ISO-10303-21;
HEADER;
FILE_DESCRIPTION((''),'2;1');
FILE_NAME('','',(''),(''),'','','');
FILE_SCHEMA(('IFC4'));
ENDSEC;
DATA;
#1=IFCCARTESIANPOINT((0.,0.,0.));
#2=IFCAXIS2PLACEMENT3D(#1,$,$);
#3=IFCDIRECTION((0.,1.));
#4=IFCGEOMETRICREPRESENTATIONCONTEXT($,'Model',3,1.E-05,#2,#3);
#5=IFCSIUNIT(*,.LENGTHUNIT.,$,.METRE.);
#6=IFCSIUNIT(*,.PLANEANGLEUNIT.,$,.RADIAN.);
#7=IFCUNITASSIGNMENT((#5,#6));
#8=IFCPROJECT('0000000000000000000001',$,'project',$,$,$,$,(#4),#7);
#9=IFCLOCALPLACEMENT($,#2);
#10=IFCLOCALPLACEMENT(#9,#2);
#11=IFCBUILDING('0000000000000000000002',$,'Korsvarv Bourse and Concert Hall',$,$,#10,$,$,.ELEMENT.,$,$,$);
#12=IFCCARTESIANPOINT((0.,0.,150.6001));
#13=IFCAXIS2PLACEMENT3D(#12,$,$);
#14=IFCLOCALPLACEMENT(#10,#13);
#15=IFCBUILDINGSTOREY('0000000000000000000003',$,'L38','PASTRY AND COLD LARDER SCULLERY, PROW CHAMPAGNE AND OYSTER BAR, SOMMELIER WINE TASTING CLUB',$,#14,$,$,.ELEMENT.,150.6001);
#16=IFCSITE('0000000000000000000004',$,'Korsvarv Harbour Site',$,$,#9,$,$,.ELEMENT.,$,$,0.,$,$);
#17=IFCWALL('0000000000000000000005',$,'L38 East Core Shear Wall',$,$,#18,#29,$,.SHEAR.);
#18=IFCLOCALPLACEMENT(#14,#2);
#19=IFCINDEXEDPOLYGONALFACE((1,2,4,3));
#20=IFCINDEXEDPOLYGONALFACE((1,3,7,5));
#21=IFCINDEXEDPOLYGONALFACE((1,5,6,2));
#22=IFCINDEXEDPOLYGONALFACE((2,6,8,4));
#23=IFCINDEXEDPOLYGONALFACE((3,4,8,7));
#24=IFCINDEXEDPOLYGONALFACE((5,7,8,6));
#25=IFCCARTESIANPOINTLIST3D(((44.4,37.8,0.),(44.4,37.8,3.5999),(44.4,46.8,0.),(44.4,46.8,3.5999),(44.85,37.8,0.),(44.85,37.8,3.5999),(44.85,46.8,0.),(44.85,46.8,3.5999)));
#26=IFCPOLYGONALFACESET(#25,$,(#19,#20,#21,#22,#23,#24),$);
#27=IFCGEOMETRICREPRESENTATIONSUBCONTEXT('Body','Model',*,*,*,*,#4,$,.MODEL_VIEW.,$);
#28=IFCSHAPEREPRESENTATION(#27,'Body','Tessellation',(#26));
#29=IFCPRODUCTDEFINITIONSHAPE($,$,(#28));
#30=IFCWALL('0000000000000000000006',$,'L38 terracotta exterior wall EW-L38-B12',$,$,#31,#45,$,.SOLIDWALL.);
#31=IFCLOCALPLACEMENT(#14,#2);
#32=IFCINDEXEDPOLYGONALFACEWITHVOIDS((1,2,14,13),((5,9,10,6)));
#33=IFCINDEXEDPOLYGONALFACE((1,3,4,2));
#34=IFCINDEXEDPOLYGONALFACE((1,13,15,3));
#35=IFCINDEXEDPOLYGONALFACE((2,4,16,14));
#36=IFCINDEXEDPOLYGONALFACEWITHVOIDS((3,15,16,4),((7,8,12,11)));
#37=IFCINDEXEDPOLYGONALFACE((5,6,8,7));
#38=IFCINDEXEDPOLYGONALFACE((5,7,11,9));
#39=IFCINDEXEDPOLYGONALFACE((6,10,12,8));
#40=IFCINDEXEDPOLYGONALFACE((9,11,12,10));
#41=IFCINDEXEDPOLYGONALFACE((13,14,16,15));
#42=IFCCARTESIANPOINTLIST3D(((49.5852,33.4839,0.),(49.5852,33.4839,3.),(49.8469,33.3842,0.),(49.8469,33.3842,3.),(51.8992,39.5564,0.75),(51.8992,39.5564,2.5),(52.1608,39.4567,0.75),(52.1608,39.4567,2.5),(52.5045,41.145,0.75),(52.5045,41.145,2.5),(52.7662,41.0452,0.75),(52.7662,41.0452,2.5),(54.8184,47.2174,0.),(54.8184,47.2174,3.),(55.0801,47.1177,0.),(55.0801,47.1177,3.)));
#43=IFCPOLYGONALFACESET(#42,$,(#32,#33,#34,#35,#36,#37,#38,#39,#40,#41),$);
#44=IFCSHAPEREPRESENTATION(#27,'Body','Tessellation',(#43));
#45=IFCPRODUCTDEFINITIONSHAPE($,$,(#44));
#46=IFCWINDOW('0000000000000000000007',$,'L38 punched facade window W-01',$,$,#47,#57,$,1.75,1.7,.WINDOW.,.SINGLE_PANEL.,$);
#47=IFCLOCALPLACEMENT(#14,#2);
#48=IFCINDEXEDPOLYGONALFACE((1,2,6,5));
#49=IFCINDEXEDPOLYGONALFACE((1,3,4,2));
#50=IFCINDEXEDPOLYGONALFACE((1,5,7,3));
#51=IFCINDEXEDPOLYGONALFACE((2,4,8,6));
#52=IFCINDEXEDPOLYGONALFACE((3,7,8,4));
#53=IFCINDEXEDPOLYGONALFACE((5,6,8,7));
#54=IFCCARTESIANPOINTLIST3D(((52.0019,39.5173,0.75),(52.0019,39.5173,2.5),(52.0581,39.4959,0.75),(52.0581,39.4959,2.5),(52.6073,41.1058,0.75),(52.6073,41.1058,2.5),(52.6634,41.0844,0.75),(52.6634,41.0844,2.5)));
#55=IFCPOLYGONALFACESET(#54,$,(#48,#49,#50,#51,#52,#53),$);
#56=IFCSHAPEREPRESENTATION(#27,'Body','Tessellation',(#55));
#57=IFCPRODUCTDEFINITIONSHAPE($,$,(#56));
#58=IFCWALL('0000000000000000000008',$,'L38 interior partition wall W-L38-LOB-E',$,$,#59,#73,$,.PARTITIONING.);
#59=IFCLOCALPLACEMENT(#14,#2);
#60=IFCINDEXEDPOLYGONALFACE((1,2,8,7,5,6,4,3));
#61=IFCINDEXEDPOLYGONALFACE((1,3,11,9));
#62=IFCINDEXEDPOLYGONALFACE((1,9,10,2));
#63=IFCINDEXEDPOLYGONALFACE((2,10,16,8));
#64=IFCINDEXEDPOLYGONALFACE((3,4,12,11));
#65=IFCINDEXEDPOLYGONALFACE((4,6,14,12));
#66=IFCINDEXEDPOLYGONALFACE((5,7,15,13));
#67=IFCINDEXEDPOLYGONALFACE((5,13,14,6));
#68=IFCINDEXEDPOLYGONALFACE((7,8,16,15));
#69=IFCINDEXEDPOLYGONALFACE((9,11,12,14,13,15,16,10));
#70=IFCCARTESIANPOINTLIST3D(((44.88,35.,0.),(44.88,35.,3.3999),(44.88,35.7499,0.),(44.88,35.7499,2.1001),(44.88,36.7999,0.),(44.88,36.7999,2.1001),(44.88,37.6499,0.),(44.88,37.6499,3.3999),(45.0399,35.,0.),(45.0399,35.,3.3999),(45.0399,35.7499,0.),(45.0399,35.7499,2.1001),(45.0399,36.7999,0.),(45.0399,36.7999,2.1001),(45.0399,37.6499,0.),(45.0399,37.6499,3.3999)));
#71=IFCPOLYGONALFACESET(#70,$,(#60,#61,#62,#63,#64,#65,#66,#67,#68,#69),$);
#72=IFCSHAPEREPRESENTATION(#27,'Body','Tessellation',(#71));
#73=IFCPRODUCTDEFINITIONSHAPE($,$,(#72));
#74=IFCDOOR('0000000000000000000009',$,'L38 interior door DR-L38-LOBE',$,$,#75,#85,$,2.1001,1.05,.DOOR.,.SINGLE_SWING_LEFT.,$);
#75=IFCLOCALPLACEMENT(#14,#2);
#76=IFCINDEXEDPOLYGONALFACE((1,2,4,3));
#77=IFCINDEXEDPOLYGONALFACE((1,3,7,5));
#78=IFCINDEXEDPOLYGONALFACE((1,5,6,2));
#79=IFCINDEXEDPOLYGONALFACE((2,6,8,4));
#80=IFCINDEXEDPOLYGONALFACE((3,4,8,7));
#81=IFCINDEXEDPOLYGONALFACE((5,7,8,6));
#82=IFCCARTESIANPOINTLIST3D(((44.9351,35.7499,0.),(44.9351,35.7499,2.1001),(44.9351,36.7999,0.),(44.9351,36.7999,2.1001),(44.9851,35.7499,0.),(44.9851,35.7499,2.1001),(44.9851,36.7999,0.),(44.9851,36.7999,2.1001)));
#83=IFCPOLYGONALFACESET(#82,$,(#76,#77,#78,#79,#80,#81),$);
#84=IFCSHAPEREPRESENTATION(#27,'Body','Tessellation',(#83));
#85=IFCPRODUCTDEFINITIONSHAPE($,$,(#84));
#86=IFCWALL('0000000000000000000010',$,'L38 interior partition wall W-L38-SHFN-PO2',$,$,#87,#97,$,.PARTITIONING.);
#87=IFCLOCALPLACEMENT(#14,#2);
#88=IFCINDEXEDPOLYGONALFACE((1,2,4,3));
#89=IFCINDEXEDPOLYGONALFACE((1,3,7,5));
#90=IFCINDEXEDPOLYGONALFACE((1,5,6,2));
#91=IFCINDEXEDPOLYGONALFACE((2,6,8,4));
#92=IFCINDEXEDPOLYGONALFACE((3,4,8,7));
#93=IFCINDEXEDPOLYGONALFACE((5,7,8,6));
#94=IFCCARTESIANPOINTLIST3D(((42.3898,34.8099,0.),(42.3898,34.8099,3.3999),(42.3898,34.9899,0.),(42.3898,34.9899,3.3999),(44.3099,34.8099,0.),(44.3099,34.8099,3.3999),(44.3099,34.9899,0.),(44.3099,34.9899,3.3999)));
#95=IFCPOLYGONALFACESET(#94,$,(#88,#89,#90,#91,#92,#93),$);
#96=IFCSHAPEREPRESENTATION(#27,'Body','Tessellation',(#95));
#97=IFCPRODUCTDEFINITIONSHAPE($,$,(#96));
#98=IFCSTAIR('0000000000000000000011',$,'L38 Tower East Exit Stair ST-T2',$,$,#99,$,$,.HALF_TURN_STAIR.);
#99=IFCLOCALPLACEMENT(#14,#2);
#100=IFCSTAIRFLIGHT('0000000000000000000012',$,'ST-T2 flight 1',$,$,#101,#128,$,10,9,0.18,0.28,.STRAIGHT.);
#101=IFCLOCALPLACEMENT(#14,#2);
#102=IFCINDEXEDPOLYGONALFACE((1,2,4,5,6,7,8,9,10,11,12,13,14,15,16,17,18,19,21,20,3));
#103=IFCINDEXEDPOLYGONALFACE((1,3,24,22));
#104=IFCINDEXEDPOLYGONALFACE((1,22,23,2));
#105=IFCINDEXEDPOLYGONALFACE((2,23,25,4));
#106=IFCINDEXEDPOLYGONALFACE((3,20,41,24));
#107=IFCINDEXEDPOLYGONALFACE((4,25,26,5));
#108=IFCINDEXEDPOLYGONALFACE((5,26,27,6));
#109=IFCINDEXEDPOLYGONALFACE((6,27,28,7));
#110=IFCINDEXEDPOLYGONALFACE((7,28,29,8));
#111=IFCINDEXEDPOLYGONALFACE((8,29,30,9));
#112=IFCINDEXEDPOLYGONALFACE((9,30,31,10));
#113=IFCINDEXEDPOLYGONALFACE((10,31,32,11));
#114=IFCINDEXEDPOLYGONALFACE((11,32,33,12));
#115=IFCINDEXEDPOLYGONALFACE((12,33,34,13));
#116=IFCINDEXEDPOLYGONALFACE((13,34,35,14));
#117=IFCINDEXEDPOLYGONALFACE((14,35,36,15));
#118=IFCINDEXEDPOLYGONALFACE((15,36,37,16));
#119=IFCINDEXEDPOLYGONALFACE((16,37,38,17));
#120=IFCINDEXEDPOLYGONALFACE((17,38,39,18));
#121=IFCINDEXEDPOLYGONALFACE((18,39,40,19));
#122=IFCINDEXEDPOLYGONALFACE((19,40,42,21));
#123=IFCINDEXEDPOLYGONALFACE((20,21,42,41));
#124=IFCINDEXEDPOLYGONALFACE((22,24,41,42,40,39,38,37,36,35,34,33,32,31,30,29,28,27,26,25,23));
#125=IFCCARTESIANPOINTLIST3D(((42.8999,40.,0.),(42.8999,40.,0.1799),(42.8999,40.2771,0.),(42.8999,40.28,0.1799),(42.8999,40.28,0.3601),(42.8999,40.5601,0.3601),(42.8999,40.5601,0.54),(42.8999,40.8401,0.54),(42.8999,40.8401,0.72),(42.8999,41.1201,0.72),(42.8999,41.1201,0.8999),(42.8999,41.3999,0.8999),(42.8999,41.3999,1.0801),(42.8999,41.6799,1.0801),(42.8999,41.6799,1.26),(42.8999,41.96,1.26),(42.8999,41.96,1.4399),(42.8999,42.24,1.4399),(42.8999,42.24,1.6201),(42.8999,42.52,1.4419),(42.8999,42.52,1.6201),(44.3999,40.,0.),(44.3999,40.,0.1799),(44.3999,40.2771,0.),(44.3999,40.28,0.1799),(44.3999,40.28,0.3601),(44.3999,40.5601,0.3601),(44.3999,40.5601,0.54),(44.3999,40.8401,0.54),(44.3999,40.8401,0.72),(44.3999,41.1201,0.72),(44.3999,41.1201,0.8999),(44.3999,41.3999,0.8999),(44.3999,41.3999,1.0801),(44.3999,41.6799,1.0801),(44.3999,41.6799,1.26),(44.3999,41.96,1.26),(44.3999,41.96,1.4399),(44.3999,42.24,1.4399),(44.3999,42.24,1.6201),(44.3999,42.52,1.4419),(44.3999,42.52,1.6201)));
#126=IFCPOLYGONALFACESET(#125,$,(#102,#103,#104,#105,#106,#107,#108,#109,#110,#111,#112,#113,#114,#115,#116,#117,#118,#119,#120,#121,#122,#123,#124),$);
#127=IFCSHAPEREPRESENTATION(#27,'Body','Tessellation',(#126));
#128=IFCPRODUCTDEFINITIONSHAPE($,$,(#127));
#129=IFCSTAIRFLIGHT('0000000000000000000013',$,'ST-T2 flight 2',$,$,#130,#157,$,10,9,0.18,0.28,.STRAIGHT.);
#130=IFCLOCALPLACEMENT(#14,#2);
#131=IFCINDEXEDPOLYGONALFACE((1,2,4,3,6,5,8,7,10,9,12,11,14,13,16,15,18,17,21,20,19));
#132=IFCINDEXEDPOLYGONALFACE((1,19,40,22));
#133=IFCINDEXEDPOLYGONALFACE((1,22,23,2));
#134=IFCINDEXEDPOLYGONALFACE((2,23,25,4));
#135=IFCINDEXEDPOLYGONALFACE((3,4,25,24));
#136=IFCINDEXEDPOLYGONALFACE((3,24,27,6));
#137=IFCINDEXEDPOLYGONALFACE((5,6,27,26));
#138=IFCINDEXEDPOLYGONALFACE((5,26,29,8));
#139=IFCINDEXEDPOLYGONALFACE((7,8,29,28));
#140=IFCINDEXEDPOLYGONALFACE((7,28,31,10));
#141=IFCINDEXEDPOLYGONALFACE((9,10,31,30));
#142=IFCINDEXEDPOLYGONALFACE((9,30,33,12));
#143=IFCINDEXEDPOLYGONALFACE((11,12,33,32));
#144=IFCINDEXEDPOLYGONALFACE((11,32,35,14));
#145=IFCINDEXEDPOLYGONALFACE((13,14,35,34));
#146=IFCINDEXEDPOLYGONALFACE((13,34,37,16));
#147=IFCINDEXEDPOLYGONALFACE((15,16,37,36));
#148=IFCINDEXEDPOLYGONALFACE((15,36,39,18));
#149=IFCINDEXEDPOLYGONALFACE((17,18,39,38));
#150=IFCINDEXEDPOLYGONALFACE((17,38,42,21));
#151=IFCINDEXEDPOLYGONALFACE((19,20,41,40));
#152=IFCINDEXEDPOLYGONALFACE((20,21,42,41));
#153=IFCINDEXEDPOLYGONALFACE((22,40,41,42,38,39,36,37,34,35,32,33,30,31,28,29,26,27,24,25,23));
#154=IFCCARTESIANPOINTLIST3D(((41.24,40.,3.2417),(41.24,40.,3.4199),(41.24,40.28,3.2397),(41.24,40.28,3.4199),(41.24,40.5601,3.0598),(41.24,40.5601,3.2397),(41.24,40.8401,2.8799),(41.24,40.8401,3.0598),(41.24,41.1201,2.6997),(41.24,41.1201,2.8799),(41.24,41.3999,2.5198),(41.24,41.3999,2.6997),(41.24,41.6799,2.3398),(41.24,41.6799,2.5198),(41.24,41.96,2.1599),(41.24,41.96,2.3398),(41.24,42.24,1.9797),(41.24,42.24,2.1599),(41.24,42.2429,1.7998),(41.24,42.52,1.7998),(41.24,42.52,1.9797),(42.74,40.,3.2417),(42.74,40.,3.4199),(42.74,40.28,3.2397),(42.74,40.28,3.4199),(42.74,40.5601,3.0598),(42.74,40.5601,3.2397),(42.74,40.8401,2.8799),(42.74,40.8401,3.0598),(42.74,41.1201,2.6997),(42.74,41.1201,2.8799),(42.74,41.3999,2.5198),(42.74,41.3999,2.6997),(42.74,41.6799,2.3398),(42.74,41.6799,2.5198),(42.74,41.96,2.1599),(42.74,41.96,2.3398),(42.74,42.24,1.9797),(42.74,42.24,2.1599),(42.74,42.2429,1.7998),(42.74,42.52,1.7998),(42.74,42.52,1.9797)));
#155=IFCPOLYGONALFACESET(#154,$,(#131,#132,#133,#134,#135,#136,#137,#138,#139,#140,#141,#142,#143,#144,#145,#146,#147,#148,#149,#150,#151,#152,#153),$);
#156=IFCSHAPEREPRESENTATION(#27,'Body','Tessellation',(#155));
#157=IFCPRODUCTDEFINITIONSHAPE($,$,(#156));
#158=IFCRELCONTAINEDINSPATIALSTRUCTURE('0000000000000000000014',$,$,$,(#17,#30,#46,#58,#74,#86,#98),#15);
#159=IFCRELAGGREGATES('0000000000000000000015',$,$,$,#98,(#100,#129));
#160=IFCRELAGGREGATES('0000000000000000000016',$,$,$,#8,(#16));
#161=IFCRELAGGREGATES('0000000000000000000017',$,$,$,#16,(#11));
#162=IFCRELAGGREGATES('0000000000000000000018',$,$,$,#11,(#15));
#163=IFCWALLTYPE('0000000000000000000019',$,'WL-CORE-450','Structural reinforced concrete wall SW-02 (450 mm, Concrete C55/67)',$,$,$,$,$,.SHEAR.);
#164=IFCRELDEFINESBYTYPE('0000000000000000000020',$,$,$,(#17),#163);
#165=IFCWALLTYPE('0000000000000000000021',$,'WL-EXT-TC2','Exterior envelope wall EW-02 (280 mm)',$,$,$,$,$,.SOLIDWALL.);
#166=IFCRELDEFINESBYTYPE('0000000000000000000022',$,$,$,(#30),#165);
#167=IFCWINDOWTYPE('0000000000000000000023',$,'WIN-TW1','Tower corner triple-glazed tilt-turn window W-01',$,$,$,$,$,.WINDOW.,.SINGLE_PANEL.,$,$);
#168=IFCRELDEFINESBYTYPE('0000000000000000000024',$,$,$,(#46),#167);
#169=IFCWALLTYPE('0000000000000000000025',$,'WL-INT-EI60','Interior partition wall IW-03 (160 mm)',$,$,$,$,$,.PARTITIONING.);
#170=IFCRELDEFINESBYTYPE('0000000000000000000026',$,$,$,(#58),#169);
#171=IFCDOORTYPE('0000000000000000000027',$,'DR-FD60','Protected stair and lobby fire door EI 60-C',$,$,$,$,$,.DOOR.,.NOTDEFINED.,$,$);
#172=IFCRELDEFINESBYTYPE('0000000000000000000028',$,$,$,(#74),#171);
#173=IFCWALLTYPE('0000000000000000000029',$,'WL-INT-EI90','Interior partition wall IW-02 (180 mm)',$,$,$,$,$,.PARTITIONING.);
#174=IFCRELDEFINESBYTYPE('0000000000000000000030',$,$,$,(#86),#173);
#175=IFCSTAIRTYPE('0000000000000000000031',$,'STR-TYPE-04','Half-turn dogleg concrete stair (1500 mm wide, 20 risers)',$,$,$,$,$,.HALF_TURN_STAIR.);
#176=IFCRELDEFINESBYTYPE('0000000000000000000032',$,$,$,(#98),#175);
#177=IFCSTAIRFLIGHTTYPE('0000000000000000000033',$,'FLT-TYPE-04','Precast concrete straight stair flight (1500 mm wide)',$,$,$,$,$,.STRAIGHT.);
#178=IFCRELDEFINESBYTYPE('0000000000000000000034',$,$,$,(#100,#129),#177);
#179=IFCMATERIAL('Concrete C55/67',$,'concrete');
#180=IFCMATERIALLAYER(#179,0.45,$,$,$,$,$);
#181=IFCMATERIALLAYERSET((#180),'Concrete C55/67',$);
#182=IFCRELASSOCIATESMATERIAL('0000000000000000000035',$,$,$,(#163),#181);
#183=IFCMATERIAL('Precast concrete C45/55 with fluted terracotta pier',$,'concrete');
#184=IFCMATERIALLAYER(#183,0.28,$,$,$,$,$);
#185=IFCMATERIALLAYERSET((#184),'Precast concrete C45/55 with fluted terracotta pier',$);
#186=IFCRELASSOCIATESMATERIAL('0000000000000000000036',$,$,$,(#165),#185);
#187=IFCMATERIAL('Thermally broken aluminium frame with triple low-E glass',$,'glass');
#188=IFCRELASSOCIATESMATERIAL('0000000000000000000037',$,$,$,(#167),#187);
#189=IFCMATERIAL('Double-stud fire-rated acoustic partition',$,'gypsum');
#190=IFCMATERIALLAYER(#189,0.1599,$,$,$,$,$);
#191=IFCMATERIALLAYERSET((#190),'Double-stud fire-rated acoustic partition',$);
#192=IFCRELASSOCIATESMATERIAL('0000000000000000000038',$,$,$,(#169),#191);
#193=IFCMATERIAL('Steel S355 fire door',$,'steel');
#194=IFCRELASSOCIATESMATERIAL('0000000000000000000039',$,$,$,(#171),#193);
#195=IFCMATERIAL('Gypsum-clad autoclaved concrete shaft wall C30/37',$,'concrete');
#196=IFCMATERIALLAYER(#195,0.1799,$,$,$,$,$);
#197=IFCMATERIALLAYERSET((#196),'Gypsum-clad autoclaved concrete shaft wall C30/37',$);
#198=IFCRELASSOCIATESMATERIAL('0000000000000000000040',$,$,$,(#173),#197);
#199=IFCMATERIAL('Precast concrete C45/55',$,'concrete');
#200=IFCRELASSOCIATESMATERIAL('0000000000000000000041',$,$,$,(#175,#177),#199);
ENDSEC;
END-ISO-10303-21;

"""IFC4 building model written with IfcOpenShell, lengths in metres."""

from ifc_helpers import new_model, si_unit, direction, frame, frame_2d, origin, place, context, subcontext, project, spatial, polyline, rectangle, outline, extrude, material, layer, layer_set, type_object, element, fill, aggregate, save


model = new_model("IFC4")

# Units and contexts
model_context = context("Model", 3, precision=1e-05, world=origin(), true_north=direction((0.0, 1.0)))
body_context = subcontext(model_context, "Body", "Model", "MODEL_VIEW")
ifc_project = project(units=[si_unit("LENGTHUNIT", "METRE"), si_unit("PLANEANGLEUNIT", "RADIAN")], contexts=[model_context])

# Site, building, storey
site_placement = place(None, origin())
site = spatial("IfcSite", under=ifc_project, at=site_placement, Name="Korsvarv Harbour Site", CompositionType="ELEMENT", RefElevation=0.0)
building_placement = place(site_placement, origin())
building = spatial("IfcBuilding", under=site, at=building_placement, Name="Korsvarv Bourse and Concert Hall", CompositionType="ELEMENT")
storey_placement = place(building_placement, frame((0.0, 0.0, 150.6001)))
storey = spatial("IfcBuildingStorey", under=building, at=storey_placement, Name="L38", Description="PASTRY AND COLD LARDER SCULLERY, PROW CHAMPAGNE AND OYSTER BAR, SOMMELIER WINE TASTING CLUB", CompositionType="ELEMENT", Elevation=150.6001)

# Wall
ifc_material_1 = material(Name="Concrete C55/67", Category="concrete")
ifc_layer_1 = layer(ifc_material_1, 0.45)
ifc_layer_set_1 = layer_set([ifc_layer_1], Name="Concrete C55/67")
wall_type_1 = type_object("IfcWallType", Name="WL-CORE-450", Description="Structural reinforced concrete wall SW-02 (450 mm, Concrete C55/67)", PredefinedType="SHEAR", material=ifc_layer_set_1)
wall_1_placement = place(storey_placement, frame((44.625, 37.8, 0.0), z_axis=(0.0, 0.0, 1.0), x_axis=(0.0, 1.0, 0.0)))
element("IfcWall", 1, at=wall_1_placement, inside=storey, type_object=wall_type_1, Name="L38 East Core Shear Wall", PredefinedType="SHEAR", context=body_context, shape_type="SweptSolid", body=[
    extrude(rectangle(XDim=9.0, YDim=0.45, at=frame_2d((4.5, 0.0))), origin(), (0.0, 0.0, 1.0), 3.5999),
])

# Wall, opening, window
ifc_material_2 = material(Name="Precast concrete C45/55 with fluted terracotta pier", Category="concrete")
ifc_layer_2 = layer(ifc_material_2, 0.28)
ifc_layer_set_2 = layer_set([ifc_layer_2], Name="Precast concrete C45/55 with fluted terracotta pier")
wall_type_2 = type_object("IfcWallType", Name="WL-EXT-TC2", Description="Exterior envelope wall EW-02 (280 mm)", PredefinedType="SOLIDWALL", material=ifc_layer_set_2)
wall_2_placement = place(storey_placement, frame((49.7161, 33.4341, 0.0), z_axis=(0.0, 0.0, 1.0), x_axis=(0.356078, 0.934456, 0.0)))
wall_2 = element("IfcWall", 2, at=wall_2_placement, inside=storey, type_object=wall_type_2, Name="L38 terracotta exterior wall EW-L38-B12", PredefinedType="SOLIDWALL", context=body_context, shape_type="SweptSolid", body=[
    extrude(rectangle(XDim=14.6968, YDim=0.28, at=frame_2d((7.3484, 0.0))), origin(), (0.0, 0.0, 1.0), 3.0),
])
opening_1_placement = place(wall_2_placement, frame((6.4983, 0.0, 0.75)))
opening_1 = element("IfcOpeningElement", 3, at=opening_1_placement, cuts=wall_2, PredefinedType="OPENING", context=body_context, shape_type="SweptSolid", body=[
    extrude(rectangle(XDim=1.7, YDim=1.75, at=frame_2d((0.8501, 0.875))), frame((0.0, 0.1499, 0.0), z_axis=(0.0, -1.0, 0.0), x_axis=(1.0, 0.0, 0.0)), (0.0, 0.0, 1.0), 0.3),
])
ifc_material_3 = material(Name="Thermally broken aluminium frame with triple low-E glass", Category="glass")
window_type = type_object("IfcWindowType", Name="WIN-TW1", Description="Tower corner triple-glazed tilt-turn window W-01", PartitioningType="SINGLE_PANEL", PredefinedType="WINDOW", material=ifc_material_3)
window_placement = place(opening_1_placement, origin())
window = element("IfcWindow", 4, at=window_placement, inside=storey, type_object=window_type, Name="L38 punched facade window W-01", OverallHeight=1.75, OverallWidth=1.7, PartitioningType="SINGLE_PANEL", PredefinedType="WINDOW", context=body_context, shape_type="SweptSolid", body=[
    extrude(rectangle(XDim=1.7, YDim=1.75, at=frame_2d((0.8501, 0.875))), frame((0.0, 0.03, 0.0), z_axis=(0.0, -1.0, 0.0), x_axis=(1.0, 0.0, 0.0)), (0.0, 0.0, 1.0), 0.0601),
])
fill(opening_1, window)

# Wall, opening, door
ifc_material_4 = material(Name="Double-stud fire-rated acoustic partition", Category="gypsum")
ifc_layer_3 = layer(ifc_material_4, 0.1599)
ifc_layer_set_3 = layer_set([ifc_layer_3], Name="Double-stud fire-rated acoustic partition")
wall_type_3 = type_object("IfcWallType", Name="WL-INT-EI60", Description="Interior partition wall IW-03 (160 mm)", PredefinedType="PARTITIONING", material=ifc_layer_set_3)
wall_3_placement = place(storey_placement, frame((44.96, 35.0, 0.0), z_axis=(0.0, 0.0, 1.0), x_axis=(0.0, 1.0, 0.0)))
wall_3 = element("IfcWall", 5, at=wall_3_placement, inside=storey, type_object=wall_type_3, Name="L38 interior partition wall W-L38-LOB-E", PredefinedType="PARTITIONING", context=body_context, shape_type="SweptSolid", body=[
    extrude(rectangle(XDim=2.6499, YDim=0.1599, at=frame_2d((1.325, 0.0))), origin(), (0.0, 0.0, 1.0), 3.3999),
])
opening_2_placement = place(wall_3_placement, frame((0.75, 0.0, 0.0)))
opening_2 = element("IfcOpeningElement", 6, at=opening_2_placement, cuts=wall_3, PredefinedType="OPENING", context=body_context, shape_type="SweptSolid", body=[
    extrude(rectangle(XDim=1.05, YDim=2.1001, at=frame_2d((0.5249, 1.05))), frame((0.0, 0.0898, 0.0), z_axis=(0.0, -1.0, 0.0), x_axis=(1.0, 0.0, 0.0)), (0.0, 0.0, 1.0), 0.1799),
])
ifc_material_5 = material(Name="Steel S355 fire door", Category="steel")
door_type = type_object("IfcDoorType", Name="DR-FD60", Description="Protected stair and lobby fire door EI 60-C", OperationType="NOTDEFINED", PredefinedType="DOOR", material=ifc_material_5)
door_placement = place(opening_2_placement, origin())
door = element("IfcDoor", 7, at=door_placement, inside=storey, type_object=door_type, Name="L38 interior door DR-L38-LOBE", OperationType="SINGLE_SWING_LEFT", OverallHeight=2.1001, OverallWidth=1.05, PredefinedType="DOOR", context=body_context, shape_type="SweptSolid", body=[
    extrude(rectangle(XDim=1.05, YDim=2.1001, at=frame_2d((0.5249, 1.05))), frame((0.0, 0.0249, 0.0), z_axis=(0.0, -1.0, 0.0), x_axis=(1.0, 0.0, 0.0)), (0.0, 0.0, 1.0), 0.05),
])
fill(opening_2, door)

# Wall
ifc_material_6 = material(Name="Gypsum-clad autoclaved concrete shaft wall C30/37", Category="concrete")
ifc_layer_4 = layer(ifc_material_6, 0.1799)
ifc_layer_set_4 = layer_set([ifc_layer_4], Name="Gypsum-clad autoclaved concrete shaft wall C30/37")
wall_type_4 = type_object("IfcWallType", Name="WL-INT-EI90", Description="Interior partition wall IW-02 (180 mm)", PredefinedType="PARTITIONING", material=ifc_layer_set_4)
wall_4_placement = place(storey_placement, frame((42.3899, 34.8999, 0.0), z_axis=(0.0, 0.0, 1.0), x_axis=(1.0, 0.0, 0.0)))
element("IfcWall", 8, at=wall_4_placement, inside=storey, type_object=wall_type_4, Name="L38 interior partition wall W-L38-SHFN-PO2", PredefinedType="PARTITIONING", context=body_context, shape_type="SweptSolid", body=[
    extrude(rectangle(XDim=1.9202, YDim=0.1799, at=frame_2d((0.96, 0.0))), origin(), (0.0, 0.0, 1.0), 3.3999),
])

# Stair, stair flights
ifc_material_7 = material(Name="Precast concrete C45/55", Category="concrete")
stair_type = type_object("IfcStairType", Name="STR-TYPE-04", Description="Half-turn dogleg concrete stair (1500 mm wide, 20 risers)", PredefinedType="HALF_TURN_STAIR", material=ifc_material_7)
stair_placement = place(storey_placement, origin())
stair = element("IfcStair", 9, at=stair_placement, inside=storey, type_object=stair_type, Name="L38 Tower East Exit Stair ST-T2", PredefinedType="HALF_TURN_STAIR")
stair_flight_type = type_object("IfcStairFlightType", Name="FLT-TYPE-04", Description="Precast concrete straight stair flight (1500 mm wide)", PredefinedType="STRAIGHT", material=ifc_material_7)
stair_flight_1_placement = place(storey_placement, frame((43.6499, 40.0, 0.0), z_axis=(0.0, 0.0, 1.0), x_axis=(0.0, 1.0, 0.0)))
stair_flight_1 = element("IfcStairFlight", 10, at=stair_flight_1_placement, type_object=stair_flight_type, Name="ST-T2 flight 1", NumberOfRisers=10, NumberOfTreads=9, PredefinedType="STRAIGHT", RiserHeight=0.18, TreadLength=0.28, context=body_context, shape_type="SweptSolid", body=[
    extrude(outline(polyline([(0.0, 0.0), (0.0, 0.1799), (0.28, 0.1799), (0.28, 0.3601), (0.5601, 0.3601), (0.5601, 0.54), (0.8401, 0.54), (0.8401, 0.72), (1.1201, 0.72), (1.1201, 0.8999), (1.3999, 0.8999), (1.3999, 1.0801), (1.6799, 1.0801), (1.6799, 1.26), (1.96, 1.26), (1.96, 1.4399), (2.24, 1.4399), (2.24, 1.6201), (2.52, 1.6201), (2.52, 1.8), (2.52, 1.4419), (0.2771, 0.0), (0.0, 0.0)])), frame((0.0, 0.75, 0.0), z_axis=(0.0, -1.0, 0.0), x_axis=(1.0, 0.0, 0.0)), (0.0, 0.0, 1.0), 1.5),
])
stair_flight_2_placement = place(storey_placement, frame((41.99, 42.52, 1.7998), z_axis=(0.0, 0.0, 1.0), x_axis=(0.0, -1.0, 0.0)))
stair_flight_2 = element("IfcStairFlight", 11, at=stair_flight_2_placement, type_object=stair_flight_type, Name="ST-T2 flight 2", NumberOfRisers=10, NumberOfTreads=9, PredefinedType="STRAIGHT", RiserHeight=0.18, TreadLength=0.28, context=body_context, shape_type="SweptSolid", body=[
    extrude(outline(polyline([(0.0, 0.0), (0.0, 0.1799), (0.28, 0.1799), (0.28, 0.3601), (0.5601, 0.3601), (0.5601, 0.54), (0.8401, 0.54), (0.8401, 0.72), (1.1201, 0.72), (1.1201, 0.8999), (1.3999, 0.8999), (1.3999, 1.0801), (1.6799, 1.0801), (1.6799, 1.26), (1.96, 1.26), (1.96, 1.4399), (2.24, 1.4399), (2.24, 1.6201), (2.52, 1.6201), (2.52, 1.8), (2.52, 1.4419), (0.2771, 0.0), (0.0, 0.0)])), frame((0.0, 0.75, 0.0), z_axis=(0.0, -1.0, 0.0), x_axis=(1.0, 0.0, 0.0)), (0.0, 0.0, 1.0), 1.5),
])
aggregate(stair, [stair_flight_1, stair_flight_2])

save(model, "model.ifc")
